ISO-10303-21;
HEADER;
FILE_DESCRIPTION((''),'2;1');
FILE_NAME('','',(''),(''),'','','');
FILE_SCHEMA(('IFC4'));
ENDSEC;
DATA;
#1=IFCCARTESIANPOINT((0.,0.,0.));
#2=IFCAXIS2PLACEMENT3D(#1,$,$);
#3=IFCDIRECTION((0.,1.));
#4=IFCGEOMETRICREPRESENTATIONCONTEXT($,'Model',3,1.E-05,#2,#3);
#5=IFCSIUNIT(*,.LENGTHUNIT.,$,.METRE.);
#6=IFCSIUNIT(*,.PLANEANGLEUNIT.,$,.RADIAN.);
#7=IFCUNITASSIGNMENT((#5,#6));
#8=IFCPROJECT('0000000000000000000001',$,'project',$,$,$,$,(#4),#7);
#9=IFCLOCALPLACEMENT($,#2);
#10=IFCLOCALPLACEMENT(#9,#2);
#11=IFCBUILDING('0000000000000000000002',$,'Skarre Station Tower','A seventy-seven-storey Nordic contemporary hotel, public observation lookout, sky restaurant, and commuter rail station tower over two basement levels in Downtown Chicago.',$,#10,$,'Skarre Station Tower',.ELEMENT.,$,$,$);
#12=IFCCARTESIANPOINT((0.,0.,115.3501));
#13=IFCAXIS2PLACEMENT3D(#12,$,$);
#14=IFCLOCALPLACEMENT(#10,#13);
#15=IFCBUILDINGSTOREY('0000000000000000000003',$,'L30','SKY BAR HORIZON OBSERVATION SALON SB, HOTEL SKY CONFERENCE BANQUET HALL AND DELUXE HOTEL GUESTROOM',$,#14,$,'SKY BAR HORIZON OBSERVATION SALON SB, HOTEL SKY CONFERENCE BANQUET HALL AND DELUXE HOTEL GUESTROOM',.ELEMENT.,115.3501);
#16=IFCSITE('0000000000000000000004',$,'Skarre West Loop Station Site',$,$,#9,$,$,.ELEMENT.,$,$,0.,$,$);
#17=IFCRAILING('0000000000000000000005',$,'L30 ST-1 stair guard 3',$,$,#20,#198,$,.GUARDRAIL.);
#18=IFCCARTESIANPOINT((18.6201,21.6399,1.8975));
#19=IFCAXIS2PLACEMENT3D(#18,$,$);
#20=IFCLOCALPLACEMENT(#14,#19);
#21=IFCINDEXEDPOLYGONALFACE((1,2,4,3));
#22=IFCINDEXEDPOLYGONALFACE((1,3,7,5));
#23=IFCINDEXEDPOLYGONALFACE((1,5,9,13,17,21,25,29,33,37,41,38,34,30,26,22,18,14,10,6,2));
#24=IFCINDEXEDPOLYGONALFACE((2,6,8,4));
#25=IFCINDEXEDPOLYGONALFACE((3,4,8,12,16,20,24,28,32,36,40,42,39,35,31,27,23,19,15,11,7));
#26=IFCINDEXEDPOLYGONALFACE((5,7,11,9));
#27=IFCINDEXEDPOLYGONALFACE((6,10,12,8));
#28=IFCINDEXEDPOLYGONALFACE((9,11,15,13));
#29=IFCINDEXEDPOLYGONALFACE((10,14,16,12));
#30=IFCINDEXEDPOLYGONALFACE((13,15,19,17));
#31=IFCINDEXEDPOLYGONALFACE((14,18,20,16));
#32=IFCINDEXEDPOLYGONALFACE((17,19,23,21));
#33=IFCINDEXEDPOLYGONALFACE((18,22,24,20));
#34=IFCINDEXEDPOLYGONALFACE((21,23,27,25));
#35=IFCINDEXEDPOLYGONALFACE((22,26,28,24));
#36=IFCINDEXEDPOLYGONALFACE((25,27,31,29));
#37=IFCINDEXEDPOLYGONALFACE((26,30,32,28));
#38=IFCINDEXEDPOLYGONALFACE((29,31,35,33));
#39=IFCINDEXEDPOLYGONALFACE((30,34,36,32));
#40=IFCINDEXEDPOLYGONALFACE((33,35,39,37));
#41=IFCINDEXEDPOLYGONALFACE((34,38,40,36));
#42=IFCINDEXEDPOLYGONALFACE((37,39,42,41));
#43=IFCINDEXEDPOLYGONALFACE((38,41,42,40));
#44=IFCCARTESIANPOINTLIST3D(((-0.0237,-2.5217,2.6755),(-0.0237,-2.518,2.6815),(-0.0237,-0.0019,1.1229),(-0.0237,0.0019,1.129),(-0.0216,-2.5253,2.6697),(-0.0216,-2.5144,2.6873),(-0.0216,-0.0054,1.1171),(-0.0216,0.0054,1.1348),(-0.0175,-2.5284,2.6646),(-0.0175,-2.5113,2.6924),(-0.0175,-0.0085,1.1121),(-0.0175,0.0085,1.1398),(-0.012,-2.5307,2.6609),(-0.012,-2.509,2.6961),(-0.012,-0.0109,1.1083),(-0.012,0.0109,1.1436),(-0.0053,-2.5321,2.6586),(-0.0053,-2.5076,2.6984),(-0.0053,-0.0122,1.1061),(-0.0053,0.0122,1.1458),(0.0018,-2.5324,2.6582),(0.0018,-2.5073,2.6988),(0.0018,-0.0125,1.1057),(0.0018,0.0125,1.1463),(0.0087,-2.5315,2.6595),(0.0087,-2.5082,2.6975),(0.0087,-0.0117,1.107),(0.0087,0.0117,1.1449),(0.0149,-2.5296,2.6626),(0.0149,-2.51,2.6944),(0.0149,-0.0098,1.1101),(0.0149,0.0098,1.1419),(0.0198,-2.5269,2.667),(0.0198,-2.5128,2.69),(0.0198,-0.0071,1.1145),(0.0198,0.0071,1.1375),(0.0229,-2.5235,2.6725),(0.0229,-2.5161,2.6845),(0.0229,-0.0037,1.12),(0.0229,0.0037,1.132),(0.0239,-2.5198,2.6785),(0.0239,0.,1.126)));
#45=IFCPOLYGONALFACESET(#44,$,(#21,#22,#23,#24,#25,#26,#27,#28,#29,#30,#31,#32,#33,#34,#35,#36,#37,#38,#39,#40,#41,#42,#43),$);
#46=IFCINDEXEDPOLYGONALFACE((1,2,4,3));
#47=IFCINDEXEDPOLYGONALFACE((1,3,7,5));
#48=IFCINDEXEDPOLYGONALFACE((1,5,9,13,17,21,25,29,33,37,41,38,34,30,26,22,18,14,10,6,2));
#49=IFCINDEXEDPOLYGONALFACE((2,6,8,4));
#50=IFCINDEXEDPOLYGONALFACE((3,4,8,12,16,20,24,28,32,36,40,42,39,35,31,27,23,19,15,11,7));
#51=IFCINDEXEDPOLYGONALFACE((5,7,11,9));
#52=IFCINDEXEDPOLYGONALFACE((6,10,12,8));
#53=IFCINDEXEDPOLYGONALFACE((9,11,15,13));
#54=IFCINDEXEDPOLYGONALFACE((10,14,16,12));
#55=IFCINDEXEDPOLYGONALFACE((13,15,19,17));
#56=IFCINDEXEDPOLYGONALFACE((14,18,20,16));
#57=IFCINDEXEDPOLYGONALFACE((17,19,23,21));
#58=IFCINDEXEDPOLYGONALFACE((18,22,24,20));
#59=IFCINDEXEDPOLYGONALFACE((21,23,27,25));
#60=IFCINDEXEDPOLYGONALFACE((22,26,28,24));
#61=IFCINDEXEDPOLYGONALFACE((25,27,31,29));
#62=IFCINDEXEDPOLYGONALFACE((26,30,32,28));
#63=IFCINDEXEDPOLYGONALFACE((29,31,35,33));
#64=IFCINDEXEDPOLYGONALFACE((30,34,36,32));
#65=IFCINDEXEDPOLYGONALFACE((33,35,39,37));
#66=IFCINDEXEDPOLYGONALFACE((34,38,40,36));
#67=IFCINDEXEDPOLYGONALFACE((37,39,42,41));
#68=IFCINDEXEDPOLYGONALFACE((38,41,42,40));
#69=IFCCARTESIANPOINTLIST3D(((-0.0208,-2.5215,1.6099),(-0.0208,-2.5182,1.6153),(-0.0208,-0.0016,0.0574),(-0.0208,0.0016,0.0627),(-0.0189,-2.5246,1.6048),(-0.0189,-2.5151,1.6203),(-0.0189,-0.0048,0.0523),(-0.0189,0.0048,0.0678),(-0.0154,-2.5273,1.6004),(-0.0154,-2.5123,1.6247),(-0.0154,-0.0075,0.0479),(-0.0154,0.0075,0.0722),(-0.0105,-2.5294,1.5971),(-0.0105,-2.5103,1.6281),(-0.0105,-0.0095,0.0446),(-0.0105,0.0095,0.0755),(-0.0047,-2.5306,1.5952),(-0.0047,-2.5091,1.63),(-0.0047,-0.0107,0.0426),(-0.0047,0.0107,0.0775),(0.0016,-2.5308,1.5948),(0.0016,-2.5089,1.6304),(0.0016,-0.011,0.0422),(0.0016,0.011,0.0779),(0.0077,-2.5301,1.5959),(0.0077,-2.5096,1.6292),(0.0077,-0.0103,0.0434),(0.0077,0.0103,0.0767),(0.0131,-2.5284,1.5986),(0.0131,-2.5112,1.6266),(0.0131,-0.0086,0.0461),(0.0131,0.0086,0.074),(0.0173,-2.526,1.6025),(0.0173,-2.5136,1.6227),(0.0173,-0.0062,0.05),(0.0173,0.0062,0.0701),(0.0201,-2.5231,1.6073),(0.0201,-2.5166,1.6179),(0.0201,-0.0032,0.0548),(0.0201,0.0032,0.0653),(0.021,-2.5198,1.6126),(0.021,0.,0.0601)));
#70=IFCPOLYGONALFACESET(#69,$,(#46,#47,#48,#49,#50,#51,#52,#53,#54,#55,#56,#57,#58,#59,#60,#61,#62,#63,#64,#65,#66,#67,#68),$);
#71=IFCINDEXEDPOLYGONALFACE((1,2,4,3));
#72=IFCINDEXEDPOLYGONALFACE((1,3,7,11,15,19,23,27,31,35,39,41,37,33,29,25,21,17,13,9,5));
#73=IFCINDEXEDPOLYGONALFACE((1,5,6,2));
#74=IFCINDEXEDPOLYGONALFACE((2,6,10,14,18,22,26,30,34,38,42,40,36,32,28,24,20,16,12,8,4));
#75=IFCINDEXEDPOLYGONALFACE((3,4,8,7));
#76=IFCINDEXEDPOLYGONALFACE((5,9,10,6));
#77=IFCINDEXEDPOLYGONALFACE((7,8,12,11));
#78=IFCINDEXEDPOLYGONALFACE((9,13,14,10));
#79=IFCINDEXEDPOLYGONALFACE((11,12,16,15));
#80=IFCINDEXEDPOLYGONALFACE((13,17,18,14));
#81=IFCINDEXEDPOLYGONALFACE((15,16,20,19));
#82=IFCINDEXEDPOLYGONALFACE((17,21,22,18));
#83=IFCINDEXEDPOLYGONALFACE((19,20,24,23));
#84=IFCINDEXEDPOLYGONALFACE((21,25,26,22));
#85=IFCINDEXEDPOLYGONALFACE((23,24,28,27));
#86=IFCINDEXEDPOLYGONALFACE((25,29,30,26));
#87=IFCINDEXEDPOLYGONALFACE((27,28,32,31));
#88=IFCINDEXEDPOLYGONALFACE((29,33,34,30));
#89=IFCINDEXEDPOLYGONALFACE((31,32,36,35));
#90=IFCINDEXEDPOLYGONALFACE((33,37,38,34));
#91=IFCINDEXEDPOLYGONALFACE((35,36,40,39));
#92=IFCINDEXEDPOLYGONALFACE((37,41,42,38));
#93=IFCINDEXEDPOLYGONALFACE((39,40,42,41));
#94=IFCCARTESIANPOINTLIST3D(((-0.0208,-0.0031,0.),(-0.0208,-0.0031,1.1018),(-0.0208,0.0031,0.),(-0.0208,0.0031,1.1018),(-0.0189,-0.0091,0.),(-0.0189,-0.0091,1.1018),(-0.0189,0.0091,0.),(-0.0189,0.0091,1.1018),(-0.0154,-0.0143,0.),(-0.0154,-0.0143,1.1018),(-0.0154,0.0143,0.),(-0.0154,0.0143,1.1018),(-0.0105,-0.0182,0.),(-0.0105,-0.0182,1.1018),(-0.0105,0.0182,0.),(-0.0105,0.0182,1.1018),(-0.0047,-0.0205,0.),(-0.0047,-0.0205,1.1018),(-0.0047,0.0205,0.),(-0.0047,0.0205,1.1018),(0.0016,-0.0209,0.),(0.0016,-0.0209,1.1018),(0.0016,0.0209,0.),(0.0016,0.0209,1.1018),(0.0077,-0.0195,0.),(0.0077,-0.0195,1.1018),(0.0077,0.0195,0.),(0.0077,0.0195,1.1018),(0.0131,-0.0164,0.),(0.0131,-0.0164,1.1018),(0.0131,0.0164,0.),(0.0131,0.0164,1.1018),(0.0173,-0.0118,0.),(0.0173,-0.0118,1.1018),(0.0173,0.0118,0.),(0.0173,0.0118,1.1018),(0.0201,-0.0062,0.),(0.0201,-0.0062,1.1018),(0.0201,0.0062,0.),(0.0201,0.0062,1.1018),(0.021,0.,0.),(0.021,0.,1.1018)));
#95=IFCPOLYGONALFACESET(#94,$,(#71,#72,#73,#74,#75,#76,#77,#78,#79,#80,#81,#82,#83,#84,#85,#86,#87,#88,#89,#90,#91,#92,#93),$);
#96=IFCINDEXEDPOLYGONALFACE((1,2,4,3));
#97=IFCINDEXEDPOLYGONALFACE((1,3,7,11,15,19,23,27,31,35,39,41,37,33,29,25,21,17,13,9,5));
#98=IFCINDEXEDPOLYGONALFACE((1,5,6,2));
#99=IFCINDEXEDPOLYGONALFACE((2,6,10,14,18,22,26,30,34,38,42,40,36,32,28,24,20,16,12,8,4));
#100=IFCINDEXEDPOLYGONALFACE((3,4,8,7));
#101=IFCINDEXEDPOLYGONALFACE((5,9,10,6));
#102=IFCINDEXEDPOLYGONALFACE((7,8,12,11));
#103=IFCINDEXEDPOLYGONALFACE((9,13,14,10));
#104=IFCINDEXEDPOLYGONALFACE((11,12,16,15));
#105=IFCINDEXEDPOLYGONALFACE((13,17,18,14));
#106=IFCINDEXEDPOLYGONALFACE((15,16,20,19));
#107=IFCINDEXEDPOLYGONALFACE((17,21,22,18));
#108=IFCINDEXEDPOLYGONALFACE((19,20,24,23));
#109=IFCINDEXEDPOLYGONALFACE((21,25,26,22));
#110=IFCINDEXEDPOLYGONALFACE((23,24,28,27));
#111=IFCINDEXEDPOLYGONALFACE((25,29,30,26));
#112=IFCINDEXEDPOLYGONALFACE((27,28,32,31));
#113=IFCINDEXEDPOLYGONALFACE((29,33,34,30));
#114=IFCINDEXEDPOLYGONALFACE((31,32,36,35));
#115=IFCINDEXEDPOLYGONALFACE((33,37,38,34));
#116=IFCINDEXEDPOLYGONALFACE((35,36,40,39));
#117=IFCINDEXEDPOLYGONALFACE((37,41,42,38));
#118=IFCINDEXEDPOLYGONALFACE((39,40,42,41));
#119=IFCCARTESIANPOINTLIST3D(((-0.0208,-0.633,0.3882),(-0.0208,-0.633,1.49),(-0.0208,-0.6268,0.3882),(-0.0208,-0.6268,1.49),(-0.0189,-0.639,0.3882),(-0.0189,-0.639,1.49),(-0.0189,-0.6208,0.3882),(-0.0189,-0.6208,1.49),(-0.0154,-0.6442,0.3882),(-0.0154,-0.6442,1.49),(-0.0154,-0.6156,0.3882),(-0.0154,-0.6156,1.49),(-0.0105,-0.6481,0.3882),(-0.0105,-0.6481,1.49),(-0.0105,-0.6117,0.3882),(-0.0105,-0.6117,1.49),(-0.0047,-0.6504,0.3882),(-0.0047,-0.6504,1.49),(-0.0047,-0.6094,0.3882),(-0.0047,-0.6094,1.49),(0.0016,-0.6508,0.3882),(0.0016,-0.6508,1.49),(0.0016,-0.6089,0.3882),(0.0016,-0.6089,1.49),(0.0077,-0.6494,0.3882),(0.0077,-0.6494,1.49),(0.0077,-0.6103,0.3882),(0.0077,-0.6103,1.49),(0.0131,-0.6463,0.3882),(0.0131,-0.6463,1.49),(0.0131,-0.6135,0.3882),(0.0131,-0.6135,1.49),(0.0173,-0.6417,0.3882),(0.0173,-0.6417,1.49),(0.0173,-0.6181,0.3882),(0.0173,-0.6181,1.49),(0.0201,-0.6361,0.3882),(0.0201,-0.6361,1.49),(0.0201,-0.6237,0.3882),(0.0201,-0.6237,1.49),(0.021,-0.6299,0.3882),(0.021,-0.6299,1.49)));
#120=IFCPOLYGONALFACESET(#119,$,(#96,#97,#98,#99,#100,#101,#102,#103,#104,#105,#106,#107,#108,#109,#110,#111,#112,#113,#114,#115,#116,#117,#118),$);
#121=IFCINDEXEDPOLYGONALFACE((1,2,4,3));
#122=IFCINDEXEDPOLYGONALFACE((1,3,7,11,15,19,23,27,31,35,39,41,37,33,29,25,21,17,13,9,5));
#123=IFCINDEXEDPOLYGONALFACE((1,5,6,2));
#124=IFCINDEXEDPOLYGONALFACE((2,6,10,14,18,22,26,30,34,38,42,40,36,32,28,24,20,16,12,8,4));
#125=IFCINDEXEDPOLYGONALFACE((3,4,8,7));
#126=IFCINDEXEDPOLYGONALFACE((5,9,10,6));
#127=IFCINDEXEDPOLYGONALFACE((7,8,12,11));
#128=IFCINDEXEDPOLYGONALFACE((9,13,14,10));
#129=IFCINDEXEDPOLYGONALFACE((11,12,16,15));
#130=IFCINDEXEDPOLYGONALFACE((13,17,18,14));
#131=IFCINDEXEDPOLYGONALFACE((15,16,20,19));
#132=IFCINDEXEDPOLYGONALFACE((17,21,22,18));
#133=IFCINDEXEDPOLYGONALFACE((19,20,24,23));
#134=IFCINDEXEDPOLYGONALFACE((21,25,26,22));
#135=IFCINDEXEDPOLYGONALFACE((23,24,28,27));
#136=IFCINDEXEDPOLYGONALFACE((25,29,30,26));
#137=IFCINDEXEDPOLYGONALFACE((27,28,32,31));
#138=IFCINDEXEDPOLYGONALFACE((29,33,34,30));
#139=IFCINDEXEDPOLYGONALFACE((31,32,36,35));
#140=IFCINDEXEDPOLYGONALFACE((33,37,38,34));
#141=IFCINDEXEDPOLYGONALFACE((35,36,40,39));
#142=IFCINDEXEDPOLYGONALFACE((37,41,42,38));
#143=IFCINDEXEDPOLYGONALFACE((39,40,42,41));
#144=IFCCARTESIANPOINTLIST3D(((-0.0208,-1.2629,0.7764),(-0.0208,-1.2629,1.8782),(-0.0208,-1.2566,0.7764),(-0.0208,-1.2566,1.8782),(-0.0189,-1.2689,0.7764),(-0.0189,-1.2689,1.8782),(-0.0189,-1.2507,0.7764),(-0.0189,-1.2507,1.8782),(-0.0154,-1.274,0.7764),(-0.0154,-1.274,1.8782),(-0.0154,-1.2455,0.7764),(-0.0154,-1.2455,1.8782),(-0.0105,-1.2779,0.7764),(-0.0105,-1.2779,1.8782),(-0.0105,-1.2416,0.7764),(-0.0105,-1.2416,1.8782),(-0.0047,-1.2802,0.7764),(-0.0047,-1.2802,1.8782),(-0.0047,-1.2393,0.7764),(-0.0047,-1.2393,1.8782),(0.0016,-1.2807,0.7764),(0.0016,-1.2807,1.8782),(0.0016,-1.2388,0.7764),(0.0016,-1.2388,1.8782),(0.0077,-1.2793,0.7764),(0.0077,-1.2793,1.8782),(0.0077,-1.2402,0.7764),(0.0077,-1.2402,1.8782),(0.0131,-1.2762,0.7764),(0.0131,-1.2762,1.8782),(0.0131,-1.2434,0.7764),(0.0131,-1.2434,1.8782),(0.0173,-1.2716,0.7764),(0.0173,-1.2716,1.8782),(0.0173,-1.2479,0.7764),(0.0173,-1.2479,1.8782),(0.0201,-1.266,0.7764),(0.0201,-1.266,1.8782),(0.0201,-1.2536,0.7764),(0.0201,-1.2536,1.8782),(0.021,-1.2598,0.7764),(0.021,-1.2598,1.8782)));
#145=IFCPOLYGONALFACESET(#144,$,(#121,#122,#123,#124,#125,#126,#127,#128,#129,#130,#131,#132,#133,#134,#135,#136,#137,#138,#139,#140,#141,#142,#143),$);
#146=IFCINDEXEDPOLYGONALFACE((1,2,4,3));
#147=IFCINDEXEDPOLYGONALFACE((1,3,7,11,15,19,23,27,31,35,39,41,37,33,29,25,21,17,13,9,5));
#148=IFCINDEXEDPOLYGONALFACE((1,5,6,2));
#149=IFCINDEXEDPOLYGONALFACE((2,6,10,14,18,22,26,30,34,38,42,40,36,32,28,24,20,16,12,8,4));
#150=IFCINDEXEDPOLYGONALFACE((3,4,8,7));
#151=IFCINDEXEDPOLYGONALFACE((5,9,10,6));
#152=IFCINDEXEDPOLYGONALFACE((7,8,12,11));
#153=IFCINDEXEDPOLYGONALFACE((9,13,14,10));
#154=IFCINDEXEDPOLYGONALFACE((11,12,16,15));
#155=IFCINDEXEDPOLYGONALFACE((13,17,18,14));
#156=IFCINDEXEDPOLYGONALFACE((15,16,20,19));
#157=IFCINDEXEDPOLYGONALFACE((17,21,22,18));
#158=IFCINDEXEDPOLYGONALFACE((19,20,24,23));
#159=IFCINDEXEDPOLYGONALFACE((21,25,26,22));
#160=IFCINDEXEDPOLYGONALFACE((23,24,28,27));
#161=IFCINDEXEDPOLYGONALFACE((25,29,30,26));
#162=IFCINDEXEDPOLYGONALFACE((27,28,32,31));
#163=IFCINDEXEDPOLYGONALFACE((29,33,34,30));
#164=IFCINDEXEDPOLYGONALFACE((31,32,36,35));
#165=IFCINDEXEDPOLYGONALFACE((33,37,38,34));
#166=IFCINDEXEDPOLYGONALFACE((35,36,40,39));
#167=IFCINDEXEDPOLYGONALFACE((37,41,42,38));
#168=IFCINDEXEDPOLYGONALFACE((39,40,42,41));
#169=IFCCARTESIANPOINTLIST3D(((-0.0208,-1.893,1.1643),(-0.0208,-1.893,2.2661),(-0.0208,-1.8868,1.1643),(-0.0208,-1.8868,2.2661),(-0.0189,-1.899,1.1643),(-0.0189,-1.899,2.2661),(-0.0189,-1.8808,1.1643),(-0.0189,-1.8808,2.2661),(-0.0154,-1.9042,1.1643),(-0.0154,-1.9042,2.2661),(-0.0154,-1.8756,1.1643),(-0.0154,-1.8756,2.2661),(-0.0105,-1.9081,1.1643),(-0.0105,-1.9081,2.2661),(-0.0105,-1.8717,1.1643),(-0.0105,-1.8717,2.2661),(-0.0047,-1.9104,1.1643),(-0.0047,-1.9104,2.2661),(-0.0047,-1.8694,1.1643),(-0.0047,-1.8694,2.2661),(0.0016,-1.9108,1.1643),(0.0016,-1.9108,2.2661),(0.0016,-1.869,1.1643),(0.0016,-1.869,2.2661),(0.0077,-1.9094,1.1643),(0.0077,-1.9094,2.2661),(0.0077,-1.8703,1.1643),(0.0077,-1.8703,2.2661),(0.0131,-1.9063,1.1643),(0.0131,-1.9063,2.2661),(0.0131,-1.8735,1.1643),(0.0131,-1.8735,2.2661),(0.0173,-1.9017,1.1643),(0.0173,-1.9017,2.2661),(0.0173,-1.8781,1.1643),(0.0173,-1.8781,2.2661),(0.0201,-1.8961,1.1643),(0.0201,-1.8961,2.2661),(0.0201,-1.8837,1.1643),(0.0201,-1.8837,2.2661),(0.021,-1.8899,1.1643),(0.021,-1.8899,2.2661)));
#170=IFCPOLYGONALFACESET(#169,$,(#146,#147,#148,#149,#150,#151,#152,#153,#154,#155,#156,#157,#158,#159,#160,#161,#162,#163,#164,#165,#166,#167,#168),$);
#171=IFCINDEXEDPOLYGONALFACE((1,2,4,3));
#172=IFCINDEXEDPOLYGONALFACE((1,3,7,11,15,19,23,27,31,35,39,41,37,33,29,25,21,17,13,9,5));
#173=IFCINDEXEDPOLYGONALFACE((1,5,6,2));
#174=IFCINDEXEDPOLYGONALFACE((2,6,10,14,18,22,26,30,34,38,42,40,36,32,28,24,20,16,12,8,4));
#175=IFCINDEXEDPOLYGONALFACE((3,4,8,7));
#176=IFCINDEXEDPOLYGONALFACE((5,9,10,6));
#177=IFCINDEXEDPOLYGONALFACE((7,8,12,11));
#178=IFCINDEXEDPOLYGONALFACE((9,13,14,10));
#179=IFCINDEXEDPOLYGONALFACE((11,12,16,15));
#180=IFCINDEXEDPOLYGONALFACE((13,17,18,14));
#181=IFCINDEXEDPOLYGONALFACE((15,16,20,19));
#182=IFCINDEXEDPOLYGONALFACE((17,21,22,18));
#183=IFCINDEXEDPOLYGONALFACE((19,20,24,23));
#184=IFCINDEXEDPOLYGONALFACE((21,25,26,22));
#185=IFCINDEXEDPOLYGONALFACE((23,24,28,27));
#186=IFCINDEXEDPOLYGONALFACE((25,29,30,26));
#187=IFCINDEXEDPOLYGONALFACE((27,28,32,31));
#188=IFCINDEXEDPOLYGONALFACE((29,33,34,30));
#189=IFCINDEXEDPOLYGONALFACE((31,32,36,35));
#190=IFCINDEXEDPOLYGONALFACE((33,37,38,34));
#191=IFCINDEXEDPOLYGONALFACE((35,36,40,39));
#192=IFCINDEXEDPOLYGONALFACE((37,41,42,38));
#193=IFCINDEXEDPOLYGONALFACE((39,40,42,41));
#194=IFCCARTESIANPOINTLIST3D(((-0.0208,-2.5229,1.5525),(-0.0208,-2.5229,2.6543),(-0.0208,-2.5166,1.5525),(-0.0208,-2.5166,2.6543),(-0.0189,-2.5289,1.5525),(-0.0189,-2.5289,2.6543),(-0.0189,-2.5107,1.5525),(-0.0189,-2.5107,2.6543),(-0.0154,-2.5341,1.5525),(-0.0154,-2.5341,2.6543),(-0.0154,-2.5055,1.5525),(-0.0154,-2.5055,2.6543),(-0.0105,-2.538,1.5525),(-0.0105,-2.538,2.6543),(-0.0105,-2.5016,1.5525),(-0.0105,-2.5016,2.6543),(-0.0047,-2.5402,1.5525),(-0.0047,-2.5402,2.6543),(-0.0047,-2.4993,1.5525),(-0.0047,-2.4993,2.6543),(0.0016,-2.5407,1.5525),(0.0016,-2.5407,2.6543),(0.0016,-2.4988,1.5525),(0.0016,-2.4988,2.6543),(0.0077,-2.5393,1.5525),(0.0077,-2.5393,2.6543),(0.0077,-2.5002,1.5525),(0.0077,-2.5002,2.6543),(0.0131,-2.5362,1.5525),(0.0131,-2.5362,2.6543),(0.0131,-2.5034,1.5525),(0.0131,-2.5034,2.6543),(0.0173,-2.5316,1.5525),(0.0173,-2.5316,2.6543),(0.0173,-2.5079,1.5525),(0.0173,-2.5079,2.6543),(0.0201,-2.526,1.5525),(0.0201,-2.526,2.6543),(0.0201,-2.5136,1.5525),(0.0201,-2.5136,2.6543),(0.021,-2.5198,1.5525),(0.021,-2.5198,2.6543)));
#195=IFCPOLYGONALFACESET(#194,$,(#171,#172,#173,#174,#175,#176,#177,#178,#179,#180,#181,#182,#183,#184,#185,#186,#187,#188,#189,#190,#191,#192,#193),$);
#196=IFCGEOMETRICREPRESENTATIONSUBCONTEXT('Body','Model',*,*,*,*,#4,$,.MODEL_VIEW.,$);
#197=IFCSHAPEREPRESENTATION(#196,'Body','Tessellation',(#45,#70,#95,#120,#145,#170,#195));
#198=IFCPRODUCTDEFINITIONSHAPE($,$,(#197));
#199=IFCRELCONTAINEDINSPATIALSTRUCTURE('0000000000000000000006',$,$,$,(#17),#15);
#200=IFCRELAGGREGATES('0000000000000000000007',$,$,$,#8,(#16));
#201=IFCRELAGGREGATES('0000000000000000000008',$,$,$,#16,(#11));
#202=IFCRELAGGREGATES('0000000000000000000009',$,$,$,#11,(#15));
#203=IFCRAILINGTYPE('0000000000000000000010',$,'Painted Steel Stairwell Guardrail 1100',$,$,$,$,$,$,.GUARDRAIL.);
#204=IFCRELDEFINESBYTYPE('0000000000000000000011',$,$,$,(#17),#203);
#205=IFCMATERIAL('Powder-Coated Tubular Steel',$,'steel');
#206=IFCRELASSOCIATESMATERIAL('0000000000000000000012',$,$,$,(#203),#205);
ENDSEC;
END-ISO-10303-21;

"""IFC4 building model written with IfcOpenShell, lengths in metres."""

from ifc_helpers import new_model, si_unit, direction, frame, origin, origin_2d, place, context, subcontext, project, spatial, circle, extrude, material, type_object, element, save


model = new_model("IFC4")

# Units and contexts
model_context = context("Model", 3, precision=1e-05, world=origin(), true_north=direction((0.0, 1.0)))
body_context = subcontext(model_context, "Body", "Model", "MODEL_VIEW")
ifc_project = project(units=[si_unit("LENGTHUNIT", "METRE"), si_unit("PLANEANGLEUNIT", "RADIAN")], contexts=[model_context])

# Site, building, storey
site_placement = place(None, origin())
site = spatial("IfcSite", under=ifc_project, at=site_placement, Name="Skarre West Loop Station Site", CompositionType="ELEMENT", RefElevation=0.0)
building_placement = place(site_placement, origin())
building = spatial("IfcBuilding", under=site, at=building_placement, Name="Skarre Station Tower", Description="A seventy-seven-storey Nordic contemporary hotel, public observation lookout, sky restaurant, and commuter rail station tower over two basement levels in Downtown Chicago.", LongName="Skarre Station Tower", CompositionType="ELEMENT")
storey_placement = place(building_placement, frame((0.0, 0.0, 115.3501)))
storey = spatial("IfcBuildingStorey", under=building, at=storey_placement, Name="L30", Description="SKY BAR HORIZON OBSERVATION SALON SB, HOTEL SKY CONFERENCE BANQUET HALL AND DELUXE HOTEL GUESTROOM", LongName="SKY BAR HORIZON OBSERVATION SALON SB, HOTEL SKY CONFERENCE BANQUET HALL AND DELUXE HOTEL GUESTROOM", CompositionType="ELEMENT", Elevation=115.3501)

# Railing
ifc_material_1 = material(Name="Powder-Coated Tubular Steel", Category="steel")
railing_type = type_object("IfcRailingType", Name="Painted Steel Stairwell Guardrail 1100", PredefinedType="GUARDRAIL", material=ifc_material_1)
railing_1_placement = place(storey_placement, frame((18.6201, 21.6399, 1.8975)))
element("IfcRailing", 1, at=railing_1_placement, inside=storey, type_object=railing_type, Name="L30 ST-1 stair guard 3", PredefinedType="GUARDRAIL", context=body_context, shape_type="SweptSolid", body=[
    extrude(circle(Radius=0.0239, at=origin_2d()), frame((0.0, 0.0, 1.126), z_axis=(0.0, -0.851378, 0.524553), x_axis=(1.0, 0.0, 0.0)), (0.0, 0.0, 1.0), 2.9597),
    extrude(circle(Radius=0.021, at=origin_2d()), frame((0.0, 0.0, 0.0601), z_axis=(0.0, -0.851378, 0.524553), x_axis=(1.0, 0.0, 0.0)), (0.0, 0.0, 1.0), 2.9597),
    extrude(circle(Radius=0.021, at=origin_2d()), origin(), (0.0, 0.0, 1.0), 1.1018),
    extrude(circle(Radius=0.021, at=origin_2d()), frame((0.0, -0.6299, 0.3882)), (0.0, 0.0, 1.0), 1.1018),
    extrude(circle(Radius=0.021, at=origin_2d()), frame((0.0, -1.2598, 0.7764)), (0.0, 0.0, 1.0), 1.1018),
    extrude(circle(Radius=0.021, at=origin_2d()), frame((0.0, -1.8899, 1.1643)), (0.0, 0.0, 1.0), 1.1018),
    extrude(circle(Radius=0.021, at=origin_2d()), frame((0.0, -2.5198, 1.5525)), (0.0, 0.0, 1.0), 1.1018),
])

save(model, "model.ifc")
